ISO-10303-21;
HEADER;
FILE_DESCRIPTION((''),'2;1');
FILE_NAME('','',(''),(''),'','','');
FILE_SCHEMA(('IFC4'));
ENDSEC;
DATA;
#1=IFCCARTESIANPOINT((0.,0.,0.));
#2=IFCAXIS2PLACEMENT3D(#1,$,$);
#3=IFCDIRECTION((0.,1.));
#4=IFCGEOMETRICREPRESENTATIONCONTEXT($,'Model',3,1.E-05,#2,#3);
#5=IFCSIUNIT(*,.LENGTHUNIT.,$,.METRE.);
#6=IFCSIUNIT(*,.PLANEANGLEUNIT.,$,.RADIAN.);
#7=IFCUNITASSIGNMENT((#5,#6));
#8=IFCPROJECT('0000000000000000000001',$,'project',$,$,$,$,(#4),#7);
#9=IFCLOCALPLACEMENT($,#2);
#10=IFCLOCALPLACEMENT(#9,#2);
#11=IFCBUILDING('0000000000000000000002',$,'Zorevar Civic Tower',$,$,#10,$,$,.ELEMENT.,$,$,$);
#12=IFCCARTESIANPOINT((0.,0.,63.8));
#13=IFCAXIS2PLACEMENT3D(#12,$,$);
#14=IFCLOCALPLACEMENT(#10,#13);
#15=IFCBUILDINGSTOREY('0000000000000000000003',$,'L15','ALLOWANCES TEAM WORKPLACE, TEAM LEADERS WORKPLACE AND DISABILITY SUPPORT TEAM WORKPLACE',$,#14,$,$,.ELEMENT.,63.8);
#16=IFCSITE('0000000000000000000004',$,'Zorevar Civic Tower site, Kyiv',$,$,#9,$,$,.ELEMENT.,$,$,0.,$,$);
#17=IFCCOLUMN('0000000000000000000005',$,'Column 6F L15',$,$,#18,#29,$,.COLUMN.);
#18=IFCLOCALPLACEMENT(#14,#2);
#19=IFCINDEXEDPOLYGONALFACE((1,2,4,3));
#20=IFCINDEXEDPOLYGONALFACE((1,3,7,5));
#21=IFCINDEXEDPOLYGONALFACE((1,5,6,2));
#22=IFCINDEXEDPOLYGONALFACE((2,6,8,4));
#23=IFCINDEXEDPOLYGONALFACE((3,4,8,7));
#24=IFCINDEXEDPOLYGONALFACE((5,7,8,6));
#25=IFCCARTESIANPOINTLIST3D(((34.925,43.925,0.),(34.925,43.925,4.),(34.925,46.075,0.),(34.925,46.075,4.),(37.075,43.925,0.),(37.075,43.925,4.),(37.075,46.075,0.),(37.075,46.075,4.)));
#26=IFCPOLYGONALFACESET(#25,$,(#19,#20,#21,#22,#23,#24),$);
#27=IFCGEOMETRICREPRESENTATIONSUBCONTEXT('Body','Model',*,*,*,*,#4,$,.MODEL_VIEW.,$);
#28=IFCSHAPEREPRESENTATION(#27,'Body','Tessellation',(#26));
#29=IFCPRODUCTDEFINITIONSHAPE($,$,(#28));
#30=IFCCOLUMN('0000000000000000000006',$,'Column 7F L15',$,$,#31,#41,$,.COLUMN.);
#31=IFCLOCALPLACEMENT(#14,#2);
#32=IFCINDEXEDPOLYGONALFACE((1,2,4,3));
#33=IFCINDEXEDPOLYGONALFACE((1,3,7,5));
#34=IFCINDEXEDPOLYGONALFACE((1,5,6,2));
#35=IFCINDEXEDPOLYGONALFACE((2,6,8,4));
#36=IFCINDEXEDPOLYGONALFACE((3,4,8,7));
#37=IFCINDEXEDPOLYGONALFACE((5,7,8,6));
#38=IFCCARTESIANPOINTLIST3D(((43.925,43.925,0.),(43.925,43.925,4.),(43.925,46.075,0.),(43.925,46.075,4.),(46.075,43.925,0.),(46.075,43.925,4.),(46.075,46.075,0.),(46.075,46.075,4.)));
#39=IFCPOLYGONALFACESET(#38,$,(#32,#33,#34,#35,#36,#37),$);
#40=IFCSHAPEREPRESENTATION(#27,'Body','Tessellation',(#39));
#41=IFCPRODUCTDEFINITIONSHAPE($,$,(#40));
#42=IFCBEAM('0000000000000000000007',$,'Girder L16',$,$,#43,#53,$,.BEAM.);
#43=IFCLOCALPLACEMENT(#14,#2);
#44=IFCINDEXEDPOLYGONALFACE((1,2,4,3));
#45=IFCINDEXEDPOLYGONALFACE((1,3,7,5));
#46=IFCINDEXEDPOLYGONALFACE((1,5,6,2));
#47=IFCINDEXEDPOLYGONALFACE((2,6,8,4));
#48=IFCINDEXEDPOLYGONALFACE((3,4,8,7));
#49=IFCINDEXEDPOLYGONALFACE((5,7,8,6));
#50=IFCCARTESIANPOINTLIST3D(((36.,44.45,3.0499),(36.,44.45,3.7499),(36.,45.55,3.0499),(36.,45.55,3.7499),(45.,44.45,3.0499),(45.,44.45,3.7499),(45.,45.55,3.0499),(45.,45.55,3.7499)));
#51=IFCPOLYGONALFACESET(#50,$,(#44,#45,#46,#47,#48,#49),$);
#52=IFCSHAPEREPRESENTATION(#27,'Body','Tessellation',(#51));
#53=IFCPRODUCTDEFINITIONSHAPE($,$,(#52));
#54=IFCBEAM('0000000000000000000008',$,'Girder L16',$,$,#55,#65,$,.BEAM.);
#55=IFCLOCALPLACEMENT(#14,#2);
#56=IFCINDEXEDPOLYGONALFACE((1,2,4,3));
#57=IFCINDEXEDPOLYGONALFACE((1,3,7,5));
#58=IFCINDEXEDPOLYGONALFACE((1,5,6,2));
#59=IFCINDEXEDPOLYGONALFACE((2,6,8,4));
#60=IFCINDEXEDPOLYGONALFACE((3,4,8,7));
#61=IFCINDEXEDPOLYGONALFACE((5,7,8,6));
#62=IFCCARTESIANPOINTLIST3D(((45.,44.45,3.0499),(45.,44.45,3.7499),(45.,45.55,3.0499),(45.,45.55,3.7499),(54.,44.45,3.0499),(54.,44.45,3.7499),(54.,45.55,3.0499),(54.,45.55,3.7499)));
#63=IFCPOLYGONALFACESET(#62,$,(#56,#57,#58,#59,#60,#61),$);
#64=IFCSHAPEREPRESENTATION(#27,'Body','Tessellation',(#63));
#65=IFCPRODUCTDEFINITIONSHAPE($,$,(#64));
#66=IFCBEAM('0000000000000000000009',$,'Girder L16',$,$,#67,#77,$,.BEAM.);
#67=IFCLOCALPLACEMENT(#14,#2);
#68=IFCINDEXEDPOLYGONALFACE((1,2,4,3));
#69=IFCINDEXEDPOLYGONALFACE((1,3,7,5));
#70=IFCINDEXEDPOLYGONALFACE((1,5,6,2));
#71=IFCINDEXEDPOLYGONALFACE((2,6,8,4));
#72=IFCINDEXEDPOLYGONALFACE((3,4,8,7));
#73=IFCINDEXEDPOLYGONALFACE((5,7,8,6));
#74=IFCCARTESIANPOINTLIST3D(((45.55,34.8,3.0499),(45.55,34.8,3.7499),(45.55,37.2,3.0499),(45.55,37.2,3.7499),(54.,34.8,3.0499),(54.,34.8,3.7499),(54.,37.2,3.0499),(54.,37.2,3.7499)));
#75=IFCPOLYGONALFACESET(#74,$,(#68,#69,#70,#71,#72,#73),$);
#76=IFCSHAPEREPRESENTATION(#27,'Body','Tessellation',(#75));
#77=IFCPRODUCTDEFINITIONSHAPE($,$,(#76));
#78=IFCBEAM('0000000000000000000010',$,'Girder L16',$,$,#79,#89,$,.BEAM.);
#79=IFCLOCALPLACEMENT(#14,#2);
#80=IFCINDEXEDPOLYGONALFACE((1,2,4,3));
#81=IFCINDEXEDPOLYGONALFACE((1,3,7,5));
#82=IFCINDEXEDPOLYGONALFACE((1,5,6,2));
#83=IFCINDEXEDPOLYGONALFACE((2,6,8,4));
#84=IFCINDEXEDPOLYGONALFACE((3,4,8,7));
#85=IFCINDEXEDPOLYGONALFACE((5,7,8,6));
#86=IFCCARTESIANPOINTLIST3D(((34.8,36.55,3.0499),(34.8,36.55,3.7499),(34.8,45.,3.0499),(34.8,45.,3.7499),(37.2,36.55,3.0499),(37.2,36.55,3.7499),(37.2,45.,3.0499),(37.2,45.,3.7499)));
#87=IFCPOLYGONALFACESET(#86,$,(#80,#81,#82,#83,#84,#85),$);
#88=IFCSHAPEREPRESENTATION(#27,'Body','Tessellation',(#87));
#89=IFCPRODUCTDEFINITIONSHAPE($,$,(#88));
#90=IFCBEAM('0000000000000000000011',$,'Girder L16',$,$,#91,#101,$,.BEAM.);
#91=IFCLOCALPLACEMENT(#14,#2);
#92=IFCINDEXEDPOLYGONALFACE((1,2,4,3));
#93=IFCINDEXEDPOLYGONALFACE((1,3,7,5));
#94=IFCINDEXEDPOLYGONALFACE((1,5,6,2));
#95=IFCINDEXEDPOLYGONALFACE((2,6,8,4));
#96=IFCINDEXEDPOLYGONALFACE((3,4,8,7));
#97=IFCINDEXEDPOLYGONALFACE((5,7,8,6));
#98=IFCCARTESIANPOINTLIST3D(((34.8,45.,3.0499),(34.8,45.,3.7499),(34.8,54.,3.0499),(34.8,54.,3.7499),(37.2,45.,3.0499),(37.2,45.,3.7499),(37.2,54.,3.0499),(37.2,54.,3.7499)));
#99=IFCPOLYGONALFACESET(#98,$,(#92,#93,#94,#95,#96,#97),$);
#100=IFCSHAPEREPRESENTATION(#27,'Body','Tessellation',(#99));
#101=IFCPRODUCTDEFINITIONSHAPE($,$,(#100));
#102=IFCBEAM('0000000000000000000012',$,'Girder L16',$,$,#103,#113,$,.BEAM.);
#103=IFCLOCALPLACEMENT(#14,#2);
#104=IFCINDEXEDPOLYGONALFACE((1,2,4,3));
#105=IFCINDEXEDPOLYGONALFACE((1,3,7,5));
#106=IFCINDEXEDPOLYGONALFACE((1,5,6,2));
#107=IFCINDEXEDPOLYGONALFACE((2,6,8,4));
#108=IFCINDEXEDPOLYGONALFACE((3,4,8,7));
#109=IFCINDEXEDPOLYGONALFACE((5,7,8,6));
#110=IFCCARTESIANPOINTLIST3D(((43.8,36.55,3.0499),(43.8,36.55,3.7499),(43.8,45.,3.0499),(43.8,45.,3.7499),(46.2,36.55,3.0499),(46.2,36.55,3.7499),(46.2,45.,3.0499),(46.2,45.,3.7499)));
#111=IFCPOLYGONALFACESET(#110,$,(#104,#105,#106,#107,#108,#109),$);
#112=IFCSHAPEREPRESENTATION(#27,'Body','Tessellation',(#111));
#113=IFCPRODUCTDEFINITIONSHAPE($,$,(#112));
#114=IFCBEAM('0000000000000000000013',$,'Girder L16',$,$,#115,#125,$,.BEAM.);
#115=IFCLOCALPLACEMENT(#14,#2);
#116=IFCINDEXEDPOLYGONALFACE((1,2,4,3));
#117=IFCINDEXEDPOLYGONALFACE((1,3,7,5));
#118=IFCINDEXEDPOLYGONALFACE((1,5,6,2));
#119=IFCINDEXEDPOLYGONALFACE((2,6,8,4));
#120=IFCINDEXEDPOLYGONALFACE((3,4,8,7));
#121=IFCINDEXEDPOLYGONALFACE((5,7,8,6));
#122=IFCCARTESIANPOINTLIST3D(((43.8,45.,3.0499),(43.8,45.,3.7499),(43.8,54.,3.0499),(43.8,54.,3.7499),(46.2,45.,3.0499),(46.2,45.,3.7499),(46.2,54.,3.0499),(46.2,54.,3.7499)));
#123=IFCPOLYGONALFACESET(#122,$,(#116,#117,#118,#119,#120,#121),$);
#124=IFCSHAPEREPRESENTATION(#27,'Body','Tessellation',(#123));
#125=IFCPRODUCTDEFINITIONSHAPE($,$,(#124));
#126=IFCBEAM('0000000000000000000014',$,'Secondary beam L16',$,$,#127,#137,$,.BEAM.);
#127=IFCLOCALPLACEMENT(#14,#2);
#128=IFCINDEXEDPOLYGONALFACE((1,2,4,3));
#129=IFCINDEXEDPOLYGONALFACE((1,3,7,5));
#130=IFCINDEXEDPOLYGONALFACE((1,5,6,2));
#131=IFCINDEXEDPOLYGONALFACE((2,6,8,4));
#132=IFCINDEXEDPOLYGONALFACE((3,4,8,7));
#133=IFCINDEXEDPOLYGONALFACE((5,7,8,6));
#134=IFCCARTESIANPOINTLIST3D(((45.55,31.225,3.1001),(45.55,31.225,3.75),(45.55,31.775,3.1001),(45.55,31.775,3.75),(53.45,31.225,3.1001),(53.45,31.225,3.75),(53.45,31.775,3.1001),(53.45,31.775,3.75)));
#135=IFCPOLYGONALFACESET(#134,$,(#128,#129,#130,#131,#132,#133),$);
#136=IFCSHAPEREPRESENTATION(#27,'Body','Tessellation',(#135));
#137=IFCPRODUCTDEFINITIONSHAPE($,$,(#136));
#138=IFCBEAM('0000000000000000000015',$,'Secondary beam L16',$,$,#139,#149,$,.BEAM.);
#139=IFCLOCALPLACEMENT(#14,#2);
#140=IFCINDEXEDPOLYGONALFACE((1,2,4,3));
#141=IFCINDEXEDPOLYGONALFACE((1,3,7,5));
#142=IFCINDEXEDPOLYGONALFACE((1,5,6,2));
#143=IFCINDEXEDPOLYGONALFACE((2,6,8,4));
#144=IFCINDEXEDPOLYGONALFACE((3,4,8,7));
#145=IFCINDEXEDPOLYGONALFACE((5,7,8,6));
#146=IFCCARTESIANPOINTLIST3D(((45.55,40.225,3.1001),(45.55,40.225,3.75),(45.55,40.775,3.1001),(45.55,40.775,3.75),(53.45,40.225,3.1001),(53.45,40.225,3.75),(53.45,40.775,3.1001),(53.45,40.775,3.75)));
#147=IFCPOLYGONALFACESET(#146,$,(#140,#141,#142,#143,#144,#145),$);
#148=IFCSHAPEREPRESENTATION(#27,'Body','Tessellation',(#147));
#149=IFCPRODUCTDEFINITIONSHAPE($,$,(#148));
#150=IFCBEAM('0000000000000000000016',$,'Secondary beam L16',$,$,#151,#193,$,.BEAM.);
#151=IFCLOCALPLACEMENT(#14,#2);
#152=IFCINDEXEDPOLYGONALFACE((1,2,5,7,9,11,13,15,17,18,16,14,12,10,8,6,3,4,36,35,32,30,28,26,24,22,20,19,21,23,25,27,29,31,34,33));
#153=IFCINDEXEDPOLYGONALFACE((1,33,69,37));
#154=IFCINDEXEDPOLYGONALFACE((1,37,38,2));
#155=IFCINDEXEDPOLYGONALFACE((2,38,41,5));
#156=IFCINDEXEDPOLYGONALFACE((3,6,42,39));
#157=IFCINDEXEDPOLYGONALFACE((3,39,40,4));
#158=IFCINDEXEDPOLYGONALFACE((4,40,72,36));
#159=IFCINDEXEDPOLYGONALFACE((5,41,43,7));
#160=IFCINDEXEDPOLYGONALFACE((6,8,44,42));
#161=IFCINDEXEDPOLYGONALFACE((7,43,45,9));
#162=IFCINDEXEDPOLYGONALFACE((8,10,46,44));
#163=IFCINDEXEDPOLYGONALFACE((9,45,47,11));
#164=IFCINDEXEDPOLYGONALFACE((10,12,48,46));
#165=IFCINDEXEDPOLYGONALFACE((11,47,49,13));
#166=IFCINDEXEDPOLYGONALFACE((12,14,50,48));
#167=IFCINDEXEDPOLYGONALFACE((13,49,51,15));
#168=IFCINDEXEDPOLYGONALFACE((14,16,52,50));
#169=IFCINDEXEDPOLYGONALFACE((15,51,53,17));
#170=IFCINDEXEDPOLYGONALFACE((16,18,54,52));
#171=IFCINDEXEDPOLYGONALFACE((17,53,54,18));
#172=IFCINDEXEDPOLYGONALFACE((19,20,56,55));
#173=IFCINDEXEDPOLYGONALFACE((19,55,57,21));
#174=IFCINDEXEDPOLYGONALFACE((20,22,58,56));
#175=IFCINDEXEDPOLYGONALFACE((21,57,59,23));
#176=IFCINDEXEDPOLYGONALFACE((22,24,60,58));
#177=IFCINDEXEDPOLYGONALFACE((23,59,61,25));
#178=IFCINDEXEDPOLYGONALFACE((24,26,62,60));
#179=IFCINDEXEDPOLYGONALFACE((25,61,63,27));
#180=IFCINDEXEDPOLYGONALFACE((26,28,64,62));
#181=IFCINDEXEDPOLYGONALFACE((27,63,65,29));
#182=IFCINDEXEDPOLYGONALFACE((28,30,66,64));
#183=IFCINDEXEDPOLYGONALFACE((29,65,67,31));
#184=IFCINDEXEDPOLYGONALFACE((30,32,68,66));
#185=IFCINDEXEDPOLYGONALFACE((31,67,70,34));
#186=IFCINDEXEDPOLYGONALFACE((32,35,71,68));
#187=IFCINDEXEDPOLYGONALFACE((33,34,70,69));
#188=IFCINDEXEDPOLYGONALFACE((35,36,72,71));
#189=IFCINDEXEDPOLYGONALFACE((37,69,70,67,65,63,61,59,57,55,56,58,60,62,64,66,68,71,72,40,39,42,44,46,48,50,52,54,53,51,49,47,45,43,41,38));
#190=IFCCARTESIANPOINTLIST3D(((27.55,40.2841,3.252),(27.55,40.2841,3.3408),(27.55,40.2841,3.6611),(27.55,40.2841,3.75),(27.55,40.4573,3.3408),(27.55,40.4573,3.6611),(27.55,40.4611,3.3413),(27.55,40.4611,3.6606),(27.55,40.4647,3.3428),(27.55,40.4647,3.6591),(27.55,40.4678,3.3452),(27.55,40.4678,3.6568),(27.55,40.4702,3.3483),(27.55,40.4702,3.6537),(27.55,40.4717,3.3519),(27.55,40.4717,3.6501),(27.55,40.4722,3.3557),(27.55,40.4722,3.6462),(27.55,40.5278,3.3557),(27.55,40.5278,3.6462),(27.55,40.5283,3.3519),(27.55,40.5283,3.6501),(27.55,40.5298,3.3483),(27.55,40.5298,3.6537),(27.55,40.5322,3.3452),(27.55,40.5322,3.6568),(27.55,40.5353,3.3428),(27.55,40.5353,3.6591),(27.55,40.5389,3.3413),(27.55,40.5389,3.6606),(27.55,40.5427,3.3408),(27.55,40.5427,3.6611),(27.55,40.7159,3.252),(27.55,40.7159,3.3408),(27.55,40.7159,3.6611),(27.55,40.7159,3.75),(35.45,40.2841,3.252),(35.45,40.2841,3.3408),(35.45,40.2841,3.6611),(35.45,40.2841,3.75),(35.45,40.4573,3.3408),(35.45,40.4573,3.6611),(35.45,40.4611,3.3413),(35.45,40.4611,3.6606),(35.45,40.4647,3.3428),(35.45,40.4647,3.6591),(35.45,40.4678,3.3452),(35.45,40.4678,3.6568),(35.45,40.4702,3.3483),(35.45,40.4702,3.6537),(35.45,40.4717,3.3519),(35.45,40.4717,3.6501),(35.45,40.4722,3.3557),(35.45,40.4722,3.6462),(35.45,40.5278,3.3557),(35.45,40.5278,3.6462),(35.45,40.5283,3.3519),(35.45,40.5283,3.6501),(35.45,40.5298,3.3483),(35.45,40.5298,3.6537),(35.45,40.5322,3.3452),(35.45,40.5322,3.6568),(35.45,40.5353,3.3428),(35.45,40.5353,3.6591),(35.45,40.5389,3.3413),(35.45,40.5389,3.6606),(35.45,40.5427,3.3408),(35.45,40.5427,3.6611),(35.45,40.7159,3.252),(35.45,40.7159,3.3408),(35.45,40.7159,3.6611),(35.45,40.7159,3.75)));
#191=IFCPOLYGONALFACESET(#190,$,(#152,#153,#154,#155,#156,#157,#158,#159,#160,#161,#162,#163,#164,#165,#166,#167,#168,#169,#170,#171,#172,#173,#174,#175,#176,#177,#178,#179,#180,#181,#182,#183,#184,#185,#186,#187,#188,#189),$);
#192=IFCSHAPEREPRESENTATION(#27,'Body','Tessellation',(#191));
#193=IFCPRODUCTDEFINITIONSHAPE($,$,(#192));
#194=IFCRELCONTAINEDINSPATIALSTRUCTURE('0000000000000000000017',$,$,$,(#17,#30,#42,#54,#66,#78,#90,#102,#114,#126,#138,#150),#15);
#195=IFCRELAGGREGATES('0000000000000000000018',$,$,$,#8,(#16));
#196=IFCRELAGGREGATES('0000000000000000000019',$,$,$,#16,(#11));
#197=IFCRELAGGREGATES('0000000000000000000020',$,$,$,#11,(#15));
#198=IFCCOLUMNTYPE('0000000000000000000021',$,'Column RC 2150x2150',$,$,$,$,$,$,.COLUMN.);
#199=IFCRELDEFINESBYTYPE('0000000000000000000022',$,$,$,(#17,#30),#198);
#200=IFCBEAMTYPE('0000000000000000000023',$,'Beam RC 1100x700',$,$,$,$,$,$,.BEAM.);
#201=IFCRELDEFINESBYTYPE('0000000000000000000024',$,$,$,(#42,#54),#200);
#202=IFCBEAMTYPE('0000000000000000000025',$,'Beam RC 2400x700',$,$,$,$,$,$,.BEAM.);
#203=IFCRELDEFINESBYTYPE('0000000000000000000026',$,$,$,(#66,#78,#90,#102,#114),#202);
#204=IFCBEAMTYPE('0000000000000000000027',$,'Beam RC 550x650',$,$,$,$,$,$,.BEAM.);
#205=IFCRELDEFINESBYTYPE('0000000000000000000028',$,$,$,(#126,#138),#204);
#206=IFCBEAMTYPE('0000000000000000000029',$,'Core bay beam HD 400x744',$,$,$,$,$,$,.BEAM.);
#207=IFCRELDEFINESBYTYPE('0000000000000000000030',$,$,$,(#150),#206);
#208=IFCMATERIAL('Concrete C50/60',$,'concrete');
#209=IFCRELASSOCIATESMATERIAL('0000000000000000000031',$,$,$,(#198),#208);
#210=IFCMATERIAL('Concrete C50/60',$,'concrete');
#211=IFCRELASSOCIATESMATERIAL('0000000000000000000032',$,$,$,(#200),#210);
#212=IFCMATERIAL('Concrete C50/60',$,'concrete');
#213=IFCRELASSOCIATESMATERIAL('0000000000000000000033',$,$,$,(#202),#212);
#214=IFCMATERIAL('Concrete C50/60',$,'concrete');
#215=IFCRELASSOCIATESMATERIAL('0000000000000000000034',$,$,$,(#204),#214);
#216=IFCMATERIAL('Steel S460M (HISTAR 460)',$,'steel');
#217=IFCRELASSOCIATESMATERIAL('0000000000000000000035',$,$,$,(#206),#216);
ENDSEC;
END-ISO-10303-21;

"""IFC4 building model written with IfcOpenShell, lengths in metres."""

from ifc_helpers import new_model, si_unit, direction, frame, origin, origin_2d, place, context, subcontext, project, spatial, rectangle, i_section, extrude, material, material_profile, profile_set, type_object, element, save


model = new_model("IFC4")

# Units and contexts
model_context = context("Model", 3, precision=1e-05, world=origin(), true_north=direction((0.0, 1.0)))
body_context = subcontext(model_context, "Body", "Model", "MODEL_VIEW")
ifc_project = project(units=[si_unit("LENGTHUNIT", "METRE"), si_unit("PLANEANGLEUNIT", "RADIAN")], contexts=[model_context])

# Site, building, storey
site_placement = place(None, origin())
site = spatial("IfcSite", under=ifc_project, at=site_placement, Name="Zorevar Civic Tower site, Kyiv", CompositionType="ELEMENT", RefElevation=0.0)
building_placement = place(site_placement, origin())
building = spatial("IfcBuilding", under=site, at=building_placement, Name="Zorevar Civic Tower", CompositionType="ELEMENT")
storey_placement = place(building_placement, frame((0.0, 0.0, 63.8)))
storey = spatial("IfcBuildingStorey", under=building, at=storey_placement, Name="L15", Description="ALLOWANCES TEAM WORKPLACE, TEAM LEADERS WORKPLACE AND DISABILITY SUPPORT TEAM WORKPLACE", CompositionType="ELEMENT", Elevation=63.8)

# Columns
ifc_material_1 = material(Name="Concrete C50/60", Category="concrete")
ifc_material_profile_1 = material_profile(ifc_material_1, rectangle(XDim=2.1499, YDim=2.1499, at=origin_2d()), Name="RC 2150x2150")
ifc_profile_set_1 = profile_set([ifc_material_profile_1], Name="Concrete C50/60")
column_type = type_object("IfcColumnType", Name="Column RC 2150x2150", PredefinedType="COLUMN", material=ifc_profile_set_1)
for number, where, z_axis, x_axis, name in (
    (1, (36.0, 45.0, 0.0), (0.0, 0.0, 1.0), (1.0, 0.0, 0.0), "Column 6F L15"),
    (2, (45.0, 45.0, 0.0), (0.0, 0.0, 1.0), (1.0, 0.0, 0.0), "Column 7F L15"),
):
    element("IfcColumn", number, at=place(storey_placement, frame(where, z_axis=z_axis, x_axis=x_axis)), inside=storey, type_object=column_type, Name=name, PredefinedType="COLUMN", context=body_context, shape_type="SweptSolid", body=[
        extrude(rectangle(XDim=2.1499, YDim=2.1499, at=origin_2d()), origin(), (0.0, 0.0, 1.0), 4.0),
    ])

# Beams
ifc_material_2 = material(Name="Concrete C50/60", Category="concrete")
ifc_material_profile_2 = material_profile(ifc_material_2, rectangle(XDim=1.1001, YDim=0.7, at=origin_2d()), Name="RC 1100x700")
ifc_profile_set_2 = profile_set([ifc_material_profile_2], Name="Concrete C50/60")
beam_type_1 = type_object("IfcBeamType", Name="Beam RC 1100x700", PredefinedType="BEAM", material=ifc_profile_set_2)
for number, where, z_axis, x_axis, name in (
    (3, (36.0, 45.0, 3.3999), (1.0, 0.0, 0.0), (0.0, 1.0, 0.0), "Girder L16"),
    (4, (45.0, 45.0, 3.3999), (1.0, 0.0, 0.0), (0.0, 1.0, 0.0), "Girder L16"),
):
    element("IfcBeam", number, at=place(storey_placement, frame(where, z_axis=z_axis, x_axis=x_axis)), inside=storey, type_object=beam_type_1, Name=name, PredefinedType="BEAM", context=body_context, shape_type="SweptSolid", body=[
        extrude(rectangle(XDim=1.1001, YDim=0.7, at=origin_2d()), origin(), (0.0, 0.0, 1.0), 9.0),
    ])
ifc_material_3 = material(Name="Concrete C50/60", Category="concrete")
ifc_material_profile_3 = material_profile(ifc_material_3, rectangle(XDim=2.3999, YDim=0.7, at=origin_2d()), Name="RC 2400x700")
ifc_profile_set_3 = profile_set([ifc_material_profile_3], Name="Concrete C50/60")
beam_type_2 = type_object("IfcBeamType", Name="Beam RC 2400x700", PredefinedType="BEAM", material=ifc_profile_set_3)
for number, where, z_axis, x_axis, name in (
    (5, (45.55, 36.0, 3.3999), (1.0, 0.0, 0.0), (0.0, 1.0, 0.0), "Girder L16"),
    (6, (36.0, 36.55, 3.3999), (0.0, 1.0, 0.0), (-1.0, 0.0, 0.0), "Girder L16"),
):
    element("IfcBeam", number, at=place(storey_placement, frame(where, z_axis=z_axis, x_axis=x_axis)), inside=storey, type_object=beam_type_2, Name=name, PredefinedType="BEAM", context=body_context, shape_type="SweptSolid", body=[
        extrude(rectangle(XDim=2.3999, YDim=0.7, at=origin_2d()), origin(), (0.0, 0.0, 1.0), 8.45),
    ])
beam_1_placement = place(storey_placement, frame((36.0, 45.0, 3.3999), z_axis=(0.0, 1.0, 0.0), x_axis=(-1.0, 0.0, 0.0)))
element("IfcBeam", 7, at=beam_1_placement, inside=storey, type_object=beam_type_2, Name="Girder L16", PredefinedType="BEAM", context=body_context, shape_type="SweptSolid", body=[
    extrude(rectangle(XDim=2.3999, YDim=0.7, at=origin_2d()), origin(), (0.0, 0.0, 1.0), 9.0),
])
beam_2_placement = place(storey_placement, frame((45.0, 36.55, 3.3999), z_axis=(0.0, 1.0, 0.0), x_axis=(-1.0, 0.0, 0.0)))
element("IfcBeam", 8, at=beam_2_placement, inside=storey, type_object=beam_type_2, Name="Girder L16", PredefinedType="BEAM", context=body_context, shape_type="SweptSolid", body=[
    extrude(rectangle(XDim=2.3999, YDim=0.7, at=origin_2d()), origin(), (0.0, 0.0, 1.0), 8.45),
])
beam_3_placement = place(storey_placement, frame((45.0, 45.0, 3.3999), z_axis=(0.0, 1.0, 0.0), x_axis=(-1.0, 0.0, 0.0)))
element("IfcBeam", 9, at=beam_3_placement, inside=storey, type_object=beam_type_2, Name="Girder L16", PredefinedType="BEAM", context=body_context, shape_type="SweptSolid", body=[
    extrude(rectangle(XDim=2.3999, YDim=0.7, at=origin_2d()), origin(), (0.0, 0.0, 1.0), 9.0),
])
ifc_material_4 = material(Name="Concrete C50/60", Category="concrete")
ifc_material_profile_4 = material_profile(ifc_material_4, rectangle(XDim=0.55, YDim=0.6499, at=origin_2d()), Name="RC 550x650")
ifc_profile_set_4 = profile_set([ifc_material_profile_4], Name="Concrete C50/60")
beam_type_3 = type_object("IfcBeamType", Name="Beam RC 550x650", PredefinedType="BEAM", material=ifc_profile_set_4)
for number, where, z_axis, x_axis, name in (
    (10, (45.55, 31.5, 3.425), (1.0, 0.0, 0.0), (0.0, 1.0, 0.0), "Secondary beam L16"),
    (11, (45.55, 40.5, 3.425), (1.0, 0.0, 0.0), (0.0, 1.0, 0.0), "Secondary beam L16"),
):
    element("IfcBeam", number, at=place(storey_placement, frame(where, z_axis=z_axis, x_axis=x_axis)), inside=storey, type_object=beam_type_3, Name=name, PredefinedType="BEAM", context=body_context, shape_type="SweptSolid", body=[
        extrude(rectangle(XDim=0.55, YDim=0.6499, at=origin_2d()), origin(), (0.0, 0.0, 1.0), 7.8999),
    ])
ifc_material_5 = material(Name="Steel S460M (HISTAR 460)", Category="steel")
ifc_material_profile_5 = material_profile(ifc_material_5, i_section(OverallWidth=0.4319, OverallDepth=0.498, WebThickness=0.0557, FlangeThickness=0.0889, FilletRadius=0.0149, at=origin_2d()), Name="HD 400x744")
ifc_profile_set_5 = profile_set([ifc_material_profile_5], Name="Steel S460M (HISTAR 460)")
beam_type_4 = type_object("IfcBeamType", Name="Core bay beam HD 400x744", PredefinedType="BEAM", material=ifc_profile_set_5)
for number, where, z_axis, x_axis, name in (
    (12, (27.55, 40.5, 3.501), (1.0, 0.0, 0.0), (0.0, 1.0, 0.0), "Secondary beam L16"),
):
    element("IfcBeam", number, at=place(storey_placement, frame(where, z_axis=z_axis, x_axis=x_axis)), inside=storey, type_object=beam_type_4, Name=name, PredefinedType="BEAM", context=body_context, shape_type="SweptSolid", body=[
        extrude(i_section(OverallWidth=0.4319, OverallDepth=0.498, WebThickness=0.0557, FlangeThickness=0.0889, FilletRadius=0.0149, at=origin_2d()), origin(), (0.0, 0.0, 1.0), 7.8999),
    ])

save(model, "model.ifc")
